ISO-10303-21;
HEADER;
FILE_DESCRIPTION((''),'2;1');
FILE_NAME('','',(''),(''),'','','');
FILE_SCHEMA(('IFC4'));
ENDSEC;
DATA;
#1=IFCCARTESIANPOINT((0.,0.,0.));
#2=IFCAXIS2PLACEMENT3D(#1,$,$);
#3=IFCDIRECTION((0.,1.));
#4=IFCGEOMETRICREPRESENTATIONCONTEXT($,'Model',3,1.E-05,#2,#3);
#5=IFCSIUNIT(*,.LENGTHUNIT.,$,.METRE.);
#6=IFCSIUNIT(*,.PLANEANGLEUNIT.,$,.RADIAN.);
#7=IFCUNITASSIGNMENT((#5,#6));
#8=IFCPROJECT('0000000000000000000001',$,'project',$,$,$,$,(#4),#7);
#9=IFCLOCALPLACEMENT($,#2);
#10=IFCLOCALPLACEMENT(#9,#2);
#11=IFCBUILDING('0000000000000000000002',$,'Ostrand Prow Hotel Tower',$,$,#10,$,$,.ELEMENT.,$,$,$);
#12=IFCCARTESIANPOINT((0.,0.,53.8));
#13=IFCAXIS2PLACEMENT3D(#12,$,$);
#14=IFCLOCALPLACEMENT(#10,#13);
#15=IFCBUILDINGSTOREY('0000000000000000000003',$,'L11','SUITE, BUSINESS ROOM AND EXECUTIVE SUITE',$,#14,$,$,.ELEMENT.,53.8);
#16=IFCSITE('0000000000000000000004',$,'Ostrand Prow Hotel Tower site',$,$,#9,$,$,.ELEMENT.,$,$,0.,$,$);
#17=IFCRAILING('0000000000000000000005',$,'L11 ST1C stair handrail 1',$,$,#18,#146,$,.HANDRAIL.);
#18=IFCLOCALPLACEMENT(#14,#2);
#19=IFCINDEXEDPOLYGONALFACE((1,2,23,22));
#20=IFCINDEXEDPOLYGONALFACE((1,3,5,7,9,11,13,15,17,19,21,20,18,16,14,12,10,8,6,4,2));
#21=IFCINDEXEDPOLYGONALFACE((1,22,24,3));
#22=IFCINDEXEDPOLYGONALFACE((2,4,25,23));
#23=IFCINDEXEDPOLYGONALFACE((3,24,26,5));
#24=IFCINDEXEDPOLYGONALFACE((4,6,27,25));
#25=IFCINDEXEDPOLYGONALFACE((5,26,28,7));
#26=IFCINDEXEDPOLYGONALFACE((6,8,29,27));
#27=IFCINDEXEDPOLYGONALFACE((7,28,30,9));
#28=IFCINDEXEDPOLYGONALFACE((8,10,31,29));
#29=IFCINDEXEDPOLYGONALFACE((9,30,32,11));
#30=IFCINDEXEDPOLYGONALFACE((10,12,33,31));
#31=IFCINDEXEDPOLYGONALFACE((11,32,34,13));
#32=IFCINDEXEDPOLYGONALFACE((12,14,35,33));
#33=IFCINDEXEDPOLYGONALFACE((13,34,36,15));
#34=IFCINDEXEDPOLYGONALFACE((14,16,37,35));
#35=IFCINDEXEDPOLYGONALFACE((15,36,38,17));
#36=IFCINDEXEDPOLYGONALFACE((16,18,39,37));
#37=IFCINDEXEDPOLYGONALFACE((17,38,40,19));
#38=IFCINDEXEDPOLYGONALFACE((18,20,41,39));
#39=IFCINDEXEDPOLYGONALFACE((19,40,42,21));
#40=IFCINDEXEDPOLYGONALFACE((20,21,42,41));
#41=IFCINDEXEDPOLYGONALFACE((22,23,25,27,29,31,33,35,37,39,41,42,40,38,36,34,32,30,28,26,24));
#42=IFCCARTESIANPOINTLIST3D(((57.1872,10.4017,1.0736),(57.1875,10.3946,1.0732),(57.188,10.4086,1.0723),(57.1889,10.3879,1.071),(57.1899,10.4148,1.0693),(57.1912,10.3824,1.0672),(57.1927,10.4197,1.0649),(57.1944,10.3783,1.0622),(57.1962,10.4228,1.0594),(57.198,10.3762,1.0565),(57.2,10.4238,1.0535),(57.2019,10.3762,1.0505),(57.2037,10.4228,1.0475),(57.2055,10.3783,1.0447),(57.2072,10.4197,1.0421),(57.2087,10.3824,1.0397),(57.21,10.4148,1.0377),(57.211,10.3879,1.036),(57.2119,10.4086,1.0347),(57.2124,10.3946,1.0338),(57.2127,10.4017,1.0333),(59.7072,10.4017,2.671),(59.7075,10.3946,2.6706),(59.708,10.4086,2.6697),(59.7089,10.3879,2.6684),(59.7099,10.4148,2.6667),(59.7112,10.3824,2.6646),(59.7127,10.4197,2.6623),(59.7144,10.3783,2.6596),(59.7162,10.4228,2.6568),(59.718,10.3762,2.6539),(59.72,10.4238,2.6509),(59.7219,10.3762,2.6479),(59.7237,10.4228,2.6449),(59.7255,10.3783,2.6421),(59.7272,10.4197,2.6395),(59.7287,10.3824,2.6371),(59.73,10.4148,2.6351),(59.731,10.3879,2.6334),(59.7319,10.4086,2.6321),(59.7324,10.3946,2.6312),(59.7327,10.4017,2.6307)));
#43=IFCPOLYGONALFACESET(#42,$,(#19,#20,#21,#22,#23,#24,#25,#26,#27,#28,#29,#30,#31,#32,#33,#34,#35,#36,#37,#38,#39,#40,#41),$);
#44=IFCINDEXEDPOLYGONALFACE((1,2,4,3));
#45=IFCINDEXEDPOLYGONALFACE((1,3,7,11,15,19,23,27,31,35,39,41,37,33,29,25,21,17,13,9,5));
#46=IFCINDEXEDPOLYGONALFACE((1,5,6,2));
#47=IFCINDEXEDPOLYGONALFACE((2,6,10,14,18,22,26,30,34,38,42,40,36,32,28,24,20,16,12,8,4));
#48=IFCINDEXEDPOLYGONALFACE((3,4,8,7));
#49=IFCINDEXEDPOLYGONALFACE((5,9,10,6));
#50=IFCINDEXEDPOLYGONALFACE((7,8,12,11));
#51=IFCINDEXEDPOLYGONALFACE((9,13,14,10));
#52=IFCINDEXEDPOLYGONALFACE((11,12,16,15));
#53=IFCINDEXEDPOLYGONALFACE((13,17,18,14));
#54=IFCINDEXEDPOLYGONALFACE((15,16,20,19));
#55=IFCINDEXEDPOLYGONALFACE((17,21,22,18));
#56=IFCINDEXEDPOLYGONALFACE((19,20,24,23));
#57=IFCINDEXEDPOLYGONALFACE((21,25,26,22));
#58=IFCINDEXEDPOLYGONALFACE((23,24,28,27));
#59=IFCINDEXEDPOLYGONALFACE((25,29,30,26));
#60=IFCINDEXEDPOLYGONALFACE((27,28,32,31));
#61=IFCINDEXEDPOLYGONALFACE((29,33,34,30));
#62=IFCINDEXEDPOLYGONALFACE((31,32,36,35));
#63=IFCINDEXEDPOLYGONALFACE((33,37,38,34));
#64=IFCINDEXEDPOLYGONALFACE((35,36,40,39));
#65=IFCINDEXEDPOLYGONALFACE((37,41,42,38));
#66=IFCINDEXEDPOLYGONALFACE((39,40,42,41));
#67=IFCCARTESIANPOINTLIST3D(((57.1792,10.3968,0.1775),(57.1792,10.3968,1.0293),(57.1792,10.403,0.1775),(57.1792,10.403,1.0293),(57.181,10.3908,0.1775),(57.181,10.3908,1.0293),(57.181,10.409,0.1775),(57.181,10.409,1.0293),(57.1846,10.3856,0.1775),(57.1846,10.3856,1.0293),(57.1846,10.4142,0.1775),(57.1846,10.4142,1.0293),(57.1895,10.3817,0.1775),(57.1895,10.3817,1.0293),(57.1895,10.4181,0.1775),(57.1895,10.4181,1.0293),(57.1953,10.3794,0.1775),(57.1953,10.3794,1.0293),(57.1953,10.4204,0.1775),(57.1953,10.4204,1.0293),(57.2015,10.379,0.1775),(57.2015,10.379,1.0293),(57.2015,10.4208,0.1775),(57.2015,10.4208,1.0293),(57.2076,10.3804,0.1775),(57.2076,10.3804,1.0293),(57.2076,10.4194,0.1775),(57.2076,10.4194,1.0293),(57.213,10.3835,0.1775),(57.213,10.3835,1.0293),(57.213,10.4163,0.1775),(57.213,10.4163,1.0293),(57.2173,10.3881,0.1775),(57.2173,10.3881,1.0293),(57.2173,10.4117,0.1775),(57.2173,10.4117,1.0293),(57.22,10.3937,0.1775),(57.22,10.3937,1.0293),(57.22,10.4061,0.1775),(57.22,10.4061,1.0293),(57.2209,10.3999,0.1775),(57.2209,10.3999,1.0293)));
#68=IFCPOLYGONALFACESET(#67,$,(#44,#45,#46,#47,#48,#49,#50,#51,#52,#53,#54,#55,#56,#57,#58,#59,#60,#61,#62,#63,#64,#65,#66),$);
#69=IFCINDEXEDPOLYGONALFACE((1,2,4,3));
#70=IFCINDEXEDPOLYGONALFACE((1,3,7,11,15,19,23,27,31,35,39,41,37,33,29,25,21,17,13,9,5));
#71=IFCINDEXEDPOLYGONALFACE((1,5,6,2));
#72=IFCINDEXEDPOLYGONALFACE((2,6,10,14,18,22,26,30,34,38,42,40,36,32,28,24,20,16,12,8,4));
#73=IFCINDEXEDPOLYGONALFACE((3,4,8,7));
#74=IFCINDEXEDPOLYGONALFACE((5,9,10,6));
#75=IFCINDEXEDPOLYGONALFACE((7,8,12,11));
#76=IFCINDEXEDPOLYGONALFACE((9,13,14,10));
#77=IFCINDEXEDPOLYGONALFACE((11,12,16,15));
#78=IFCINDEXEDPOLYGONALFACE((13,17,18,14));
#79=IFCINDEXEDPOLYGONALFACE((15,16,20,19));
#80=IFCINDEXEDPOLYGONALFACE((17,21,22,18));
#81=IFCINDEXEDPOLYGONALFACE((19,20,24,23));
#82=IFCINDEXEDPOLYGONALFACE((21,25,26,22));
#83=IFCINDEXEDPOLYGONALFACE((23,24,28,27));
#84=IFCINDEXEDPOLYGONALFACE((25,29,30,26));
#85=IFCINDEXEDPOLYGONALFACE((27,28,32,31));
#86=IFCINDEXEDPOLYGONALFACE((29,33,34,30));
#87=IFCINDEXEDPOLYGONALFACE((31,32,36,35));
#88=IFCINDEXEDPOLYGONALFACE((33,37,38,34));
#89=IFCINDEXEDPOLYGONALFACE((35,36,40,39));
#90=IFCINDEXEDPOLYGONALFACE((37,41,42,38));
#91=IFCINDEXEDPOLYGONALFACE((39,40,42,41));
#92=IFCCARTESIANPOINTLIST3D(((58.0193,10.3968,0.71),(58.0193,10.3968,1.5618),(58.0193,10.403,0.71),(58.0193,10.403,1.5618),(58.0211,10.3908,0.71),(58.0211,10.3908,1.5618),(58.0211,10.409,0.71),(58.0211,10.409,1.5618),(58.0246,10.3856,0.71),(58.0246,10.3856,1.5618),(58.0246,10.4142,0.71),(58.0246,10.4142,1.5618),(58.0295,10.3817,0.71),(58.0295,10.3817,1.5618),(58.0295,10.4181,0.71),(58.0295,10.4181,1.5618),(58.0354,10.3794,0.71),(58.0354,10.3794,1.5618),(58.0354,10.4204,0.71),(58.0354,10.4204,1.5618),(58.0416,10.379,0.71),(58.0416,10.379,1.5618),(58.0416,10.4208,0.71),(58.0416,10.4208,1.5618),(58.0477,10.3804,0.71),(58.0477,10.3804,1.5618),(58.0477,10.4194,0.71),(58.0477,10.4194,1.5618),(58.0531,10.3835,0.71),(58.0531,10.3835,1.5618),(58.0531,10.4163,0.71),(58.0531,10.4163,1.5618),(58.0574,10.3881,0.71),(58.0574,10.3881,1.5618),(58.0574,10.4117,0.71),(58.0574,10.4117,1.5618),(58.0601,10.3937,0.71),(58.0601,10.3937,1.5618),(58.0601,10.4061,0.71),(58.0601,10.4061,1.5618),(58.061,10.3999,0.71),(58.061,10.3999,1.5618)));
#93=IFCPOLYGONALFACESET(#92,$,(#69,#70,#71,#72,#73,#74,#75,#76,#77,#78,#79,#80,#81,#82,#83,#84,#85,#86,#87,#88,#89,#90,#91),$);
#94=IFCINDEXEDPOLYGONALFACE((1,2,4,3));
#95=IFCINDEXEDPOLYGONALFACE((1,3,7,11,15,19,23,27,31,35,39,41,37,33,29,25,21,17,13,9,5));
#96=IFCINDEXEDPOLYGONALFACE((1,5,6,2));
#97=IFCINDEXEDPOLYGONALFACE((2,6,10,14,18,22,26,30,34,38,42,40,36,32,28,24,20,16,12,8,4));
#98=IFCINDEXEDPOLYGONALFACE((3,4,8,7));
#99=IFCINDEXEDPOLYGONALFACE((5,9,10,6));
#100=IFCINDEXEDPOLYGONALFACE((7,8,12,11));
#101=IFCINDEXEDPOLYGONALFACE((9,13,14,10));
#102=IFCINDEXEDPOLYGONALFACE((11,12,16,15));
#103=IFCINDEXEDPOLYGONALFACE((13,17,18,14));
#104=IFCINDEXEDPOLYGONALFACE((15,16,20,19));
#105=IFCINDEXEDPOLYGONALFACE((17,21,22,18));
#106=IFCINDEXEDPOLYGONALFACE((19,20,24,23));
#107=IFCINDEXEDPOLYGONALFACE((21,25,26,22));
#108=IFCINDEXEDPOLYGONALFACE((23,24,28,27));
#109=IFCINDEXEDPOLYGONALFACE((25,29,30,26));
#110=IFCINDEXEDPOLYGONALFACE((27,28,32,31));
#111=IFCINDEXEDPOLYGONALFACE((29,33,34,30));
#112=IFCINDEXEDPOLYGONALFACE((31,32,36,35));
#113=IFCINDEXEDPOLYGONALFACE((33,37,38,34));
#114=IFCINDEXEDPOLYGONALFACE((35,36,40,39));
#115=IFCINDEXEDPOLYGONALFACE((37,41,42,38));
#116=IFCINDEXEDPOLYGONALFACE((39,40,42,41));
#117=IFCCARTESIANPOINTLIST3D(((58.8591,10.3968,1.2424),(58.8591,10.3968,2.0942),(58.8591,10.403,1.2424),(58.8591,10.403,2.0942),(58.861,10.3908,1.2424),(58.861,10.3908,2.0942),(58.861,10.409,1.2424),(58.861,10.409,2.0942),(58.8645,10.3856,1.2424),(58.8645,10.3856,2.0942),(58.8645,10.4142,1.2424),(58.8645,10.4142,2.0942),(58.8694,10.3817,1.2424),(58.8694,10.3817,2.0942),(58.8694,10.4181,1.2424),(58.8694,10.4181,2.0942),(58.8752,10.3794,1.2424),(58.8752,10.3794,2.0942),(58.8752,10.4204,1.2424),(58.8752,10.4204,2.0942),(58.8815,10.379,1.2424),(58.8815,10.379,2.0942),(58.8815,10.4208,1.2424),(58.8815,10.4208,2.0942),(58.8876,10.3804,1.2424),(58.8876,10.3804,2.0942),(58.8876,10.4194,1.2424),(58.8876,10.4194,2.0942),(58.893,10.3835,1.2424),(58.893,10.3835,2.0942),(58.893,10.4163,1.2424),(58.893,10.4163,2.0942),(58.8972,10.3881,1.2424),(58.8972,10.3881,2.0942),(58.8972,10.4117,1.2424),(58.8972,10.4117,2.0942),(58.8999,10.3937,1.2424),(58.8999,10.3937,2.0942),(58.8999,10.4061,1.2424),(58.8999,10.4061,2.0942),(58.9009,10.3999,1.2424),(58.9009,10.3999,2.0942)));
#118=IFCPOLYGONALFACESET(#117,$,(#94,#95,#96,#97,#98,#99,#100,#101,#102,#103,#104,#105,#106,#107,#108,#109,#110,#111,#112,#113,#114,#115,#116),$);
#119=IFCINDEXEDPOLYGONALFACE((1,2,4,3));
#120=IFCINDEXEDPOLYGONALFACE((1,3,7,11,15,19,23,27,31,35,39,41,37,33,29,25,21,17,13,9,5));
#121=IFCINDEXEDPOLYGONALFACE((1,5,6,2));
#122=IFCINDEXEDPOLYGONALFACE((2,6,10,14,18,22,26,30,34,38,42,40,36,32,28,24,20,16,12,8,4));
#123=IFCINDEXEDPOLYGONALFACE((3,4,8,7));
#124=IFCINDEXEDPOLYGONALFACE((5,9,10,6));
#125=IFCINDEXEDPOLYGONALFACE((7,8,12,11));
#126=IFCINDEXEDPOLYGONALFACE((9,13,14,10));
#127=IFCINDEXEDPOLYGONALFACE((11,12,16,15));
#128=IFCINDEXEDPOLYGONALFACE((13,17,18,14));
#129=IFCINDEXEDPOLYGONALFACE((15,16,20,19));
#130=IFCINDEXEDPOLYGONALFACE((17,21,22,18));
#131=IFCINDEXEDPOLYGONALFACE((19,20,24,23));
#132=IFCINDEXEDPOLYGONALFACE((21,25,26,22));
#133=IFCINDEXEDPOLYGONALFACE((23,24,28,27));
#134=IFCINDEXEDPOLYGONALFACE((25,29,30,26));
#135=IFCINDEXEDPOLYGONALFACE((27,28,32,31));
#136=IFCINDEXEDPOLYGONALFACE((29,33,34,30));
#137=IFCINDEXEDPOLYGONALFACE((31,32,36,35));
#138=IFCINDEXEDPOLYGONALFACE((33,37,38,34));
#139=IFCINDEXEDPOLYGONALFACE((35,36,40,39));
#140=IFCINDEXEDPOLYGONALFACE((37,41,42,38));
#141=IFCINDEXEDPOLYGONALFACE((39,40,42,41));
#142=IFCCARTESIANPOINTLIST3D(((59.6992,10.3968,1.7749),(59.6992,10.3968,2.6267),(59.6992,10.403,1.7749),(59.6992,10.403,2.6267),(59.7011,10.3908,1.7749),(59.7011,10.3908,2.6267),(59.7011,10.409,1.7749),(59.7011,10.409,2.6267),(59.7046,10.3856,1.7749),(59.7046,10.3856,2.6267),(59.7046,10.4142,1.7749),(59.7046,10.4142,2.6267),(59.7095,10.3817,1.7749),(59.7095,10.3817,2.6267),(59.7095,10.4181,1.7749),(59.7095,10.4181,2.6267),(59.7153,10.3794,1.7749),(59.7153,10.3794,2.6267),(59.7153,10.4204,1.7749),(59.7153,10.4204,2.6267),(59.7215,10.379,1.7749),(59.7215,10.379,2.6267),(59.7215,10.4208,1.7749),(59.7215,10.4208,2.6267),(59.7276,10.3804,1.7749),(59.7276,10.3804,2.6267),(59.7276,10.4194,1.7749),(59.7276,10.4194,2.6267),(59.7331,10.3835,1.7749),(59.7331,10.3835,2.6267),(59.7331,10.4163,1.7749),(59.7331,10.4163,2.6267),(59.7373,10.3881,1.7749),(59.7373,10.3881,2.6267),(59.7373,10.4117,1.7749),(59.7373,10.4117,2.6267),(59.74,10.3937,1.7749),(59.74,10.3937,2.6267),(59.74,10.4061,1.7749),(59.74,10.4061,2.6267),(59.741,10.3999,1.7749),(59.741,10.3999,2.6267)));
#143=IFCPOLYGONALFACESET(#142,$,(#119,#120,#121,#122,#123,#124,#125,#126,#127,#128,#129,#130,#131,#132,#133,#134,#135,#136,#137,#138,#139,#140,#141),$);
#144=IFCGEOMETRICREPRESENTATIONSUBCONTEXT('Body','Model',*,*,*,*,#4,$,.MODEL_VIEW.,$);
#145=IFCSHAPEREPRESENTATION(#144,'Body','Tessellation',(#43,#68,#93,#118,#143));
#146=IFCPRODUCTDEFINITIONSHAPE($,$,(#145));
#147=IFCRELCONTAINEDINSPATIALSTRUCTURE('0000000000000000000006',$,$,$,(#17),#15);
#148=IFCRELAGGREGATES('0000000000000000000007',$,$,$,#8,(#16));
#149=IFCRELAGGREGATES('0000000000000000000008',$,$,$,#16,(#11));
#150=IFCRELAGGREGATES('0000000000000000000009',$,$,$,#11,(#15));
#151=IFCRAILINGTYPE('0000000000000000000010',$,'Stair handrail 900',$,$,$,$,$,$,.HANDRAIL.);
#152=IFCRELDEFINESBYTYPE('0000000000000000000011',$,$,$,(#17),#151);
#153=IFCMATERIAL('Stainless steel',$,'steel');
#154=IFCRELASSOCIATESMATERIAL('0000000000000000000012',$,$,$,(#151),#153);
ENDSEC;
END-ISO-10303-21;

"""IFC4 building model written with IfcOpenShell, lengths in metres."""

from ifc_helpers import new_model, si_unit, direction, frame, origin, origin_2d, place, context, subcontext, project, spatial, circle, extrude, material, type_object, element, save


model = new_model("IFC4")

# Units and contexts
model_context = context("Model", 3, precision=1e-05, world=origin(), true_north=direction((0.0, 1.0)))
body_context = subcontext(model_context, "Body", "Model", "MODEL_VIEW")
ifc_project = project(units=[si_unit("LENGTHUNIT", "METRE"), si_unit("PLANEANGLEUNIT", "RADIAN")], contexts=[model_context])

# Site, building, storey
site_placement = place(None, origin())
site = spatial("IfcSite", under=ifc_project, at=site_placement, Name="Ostrand Prow Hotel Tower site", CompositionType="ELEMENT", RefElevation=0.0)
building_placement = place(site_placement, origin())
building = spatial("IfcBuilding", under=site, at=building_placement, Name="Ostrand Prow Hotel Tower", CompositionType="ELEMENT")
storey_placement = place(building_placement, frame((0.0, 0.0, 53.8)))
storey = spatial("IfcBuildingStorey", under=building, at=storey_placement, Name="L11", Description="SUITE, BUSINESS ROOM AND EXECUTIVE SUITE", CompositionType="ELEMENT", Elevation=53.8)

# Railing
ifc_material_1 = material(Name="Stainless steel", Category="steel")
railing_type_1 = type_object("IfcRailingType", Name="Stair handrail 900", PredefinedType="HANDRAIL", material=ifc_material_1)
railing_1_placement = place(storey_placement, frame((57.2, 10.3999, 0.1775)))
element("IfcRailing", 1, at=railing_1_placement, inside=storey, type_object=railing_type_1, Name="L11 ST1C stair handrail 1", PredefinedType="HANDRAIL", context=body_context, shape_type="SweptSolid", body=[
    extrude(circle(Radius=0.0239, at=origin_2d()), frame((0.0, 0.0, 0.876), z_axis=(0.844607, 0.0, 0.535387), x_axis=(0.0, 1.0, 0.0)), (0.0, 0.0, 1.0), 2.9836),
    extrude(circle(Radius=0.021, at=origin_2d()), origin(), (0.0, 0.0, 1.0), 0.8518),
    extrude(circle(Radius=0.021, at=origin_2d()), frame((0.8401, 0.0, 0.5325)), (0.0, 0.0, 1.0), 0.8518),
    extrude(circle(Radius=0.021, at=origin_2d()), frame((1.6799, 0.0, 1.0649)), (0.0, 0.0, 1.0), 0.8518),
    extrude(circle(Radius=0.021, at=origin_2d()), frame((2.52, 0.0, 1.5974)), (0.0, 0.0, 1.0), 0.8518),
])

save(model, "model.ifc")
